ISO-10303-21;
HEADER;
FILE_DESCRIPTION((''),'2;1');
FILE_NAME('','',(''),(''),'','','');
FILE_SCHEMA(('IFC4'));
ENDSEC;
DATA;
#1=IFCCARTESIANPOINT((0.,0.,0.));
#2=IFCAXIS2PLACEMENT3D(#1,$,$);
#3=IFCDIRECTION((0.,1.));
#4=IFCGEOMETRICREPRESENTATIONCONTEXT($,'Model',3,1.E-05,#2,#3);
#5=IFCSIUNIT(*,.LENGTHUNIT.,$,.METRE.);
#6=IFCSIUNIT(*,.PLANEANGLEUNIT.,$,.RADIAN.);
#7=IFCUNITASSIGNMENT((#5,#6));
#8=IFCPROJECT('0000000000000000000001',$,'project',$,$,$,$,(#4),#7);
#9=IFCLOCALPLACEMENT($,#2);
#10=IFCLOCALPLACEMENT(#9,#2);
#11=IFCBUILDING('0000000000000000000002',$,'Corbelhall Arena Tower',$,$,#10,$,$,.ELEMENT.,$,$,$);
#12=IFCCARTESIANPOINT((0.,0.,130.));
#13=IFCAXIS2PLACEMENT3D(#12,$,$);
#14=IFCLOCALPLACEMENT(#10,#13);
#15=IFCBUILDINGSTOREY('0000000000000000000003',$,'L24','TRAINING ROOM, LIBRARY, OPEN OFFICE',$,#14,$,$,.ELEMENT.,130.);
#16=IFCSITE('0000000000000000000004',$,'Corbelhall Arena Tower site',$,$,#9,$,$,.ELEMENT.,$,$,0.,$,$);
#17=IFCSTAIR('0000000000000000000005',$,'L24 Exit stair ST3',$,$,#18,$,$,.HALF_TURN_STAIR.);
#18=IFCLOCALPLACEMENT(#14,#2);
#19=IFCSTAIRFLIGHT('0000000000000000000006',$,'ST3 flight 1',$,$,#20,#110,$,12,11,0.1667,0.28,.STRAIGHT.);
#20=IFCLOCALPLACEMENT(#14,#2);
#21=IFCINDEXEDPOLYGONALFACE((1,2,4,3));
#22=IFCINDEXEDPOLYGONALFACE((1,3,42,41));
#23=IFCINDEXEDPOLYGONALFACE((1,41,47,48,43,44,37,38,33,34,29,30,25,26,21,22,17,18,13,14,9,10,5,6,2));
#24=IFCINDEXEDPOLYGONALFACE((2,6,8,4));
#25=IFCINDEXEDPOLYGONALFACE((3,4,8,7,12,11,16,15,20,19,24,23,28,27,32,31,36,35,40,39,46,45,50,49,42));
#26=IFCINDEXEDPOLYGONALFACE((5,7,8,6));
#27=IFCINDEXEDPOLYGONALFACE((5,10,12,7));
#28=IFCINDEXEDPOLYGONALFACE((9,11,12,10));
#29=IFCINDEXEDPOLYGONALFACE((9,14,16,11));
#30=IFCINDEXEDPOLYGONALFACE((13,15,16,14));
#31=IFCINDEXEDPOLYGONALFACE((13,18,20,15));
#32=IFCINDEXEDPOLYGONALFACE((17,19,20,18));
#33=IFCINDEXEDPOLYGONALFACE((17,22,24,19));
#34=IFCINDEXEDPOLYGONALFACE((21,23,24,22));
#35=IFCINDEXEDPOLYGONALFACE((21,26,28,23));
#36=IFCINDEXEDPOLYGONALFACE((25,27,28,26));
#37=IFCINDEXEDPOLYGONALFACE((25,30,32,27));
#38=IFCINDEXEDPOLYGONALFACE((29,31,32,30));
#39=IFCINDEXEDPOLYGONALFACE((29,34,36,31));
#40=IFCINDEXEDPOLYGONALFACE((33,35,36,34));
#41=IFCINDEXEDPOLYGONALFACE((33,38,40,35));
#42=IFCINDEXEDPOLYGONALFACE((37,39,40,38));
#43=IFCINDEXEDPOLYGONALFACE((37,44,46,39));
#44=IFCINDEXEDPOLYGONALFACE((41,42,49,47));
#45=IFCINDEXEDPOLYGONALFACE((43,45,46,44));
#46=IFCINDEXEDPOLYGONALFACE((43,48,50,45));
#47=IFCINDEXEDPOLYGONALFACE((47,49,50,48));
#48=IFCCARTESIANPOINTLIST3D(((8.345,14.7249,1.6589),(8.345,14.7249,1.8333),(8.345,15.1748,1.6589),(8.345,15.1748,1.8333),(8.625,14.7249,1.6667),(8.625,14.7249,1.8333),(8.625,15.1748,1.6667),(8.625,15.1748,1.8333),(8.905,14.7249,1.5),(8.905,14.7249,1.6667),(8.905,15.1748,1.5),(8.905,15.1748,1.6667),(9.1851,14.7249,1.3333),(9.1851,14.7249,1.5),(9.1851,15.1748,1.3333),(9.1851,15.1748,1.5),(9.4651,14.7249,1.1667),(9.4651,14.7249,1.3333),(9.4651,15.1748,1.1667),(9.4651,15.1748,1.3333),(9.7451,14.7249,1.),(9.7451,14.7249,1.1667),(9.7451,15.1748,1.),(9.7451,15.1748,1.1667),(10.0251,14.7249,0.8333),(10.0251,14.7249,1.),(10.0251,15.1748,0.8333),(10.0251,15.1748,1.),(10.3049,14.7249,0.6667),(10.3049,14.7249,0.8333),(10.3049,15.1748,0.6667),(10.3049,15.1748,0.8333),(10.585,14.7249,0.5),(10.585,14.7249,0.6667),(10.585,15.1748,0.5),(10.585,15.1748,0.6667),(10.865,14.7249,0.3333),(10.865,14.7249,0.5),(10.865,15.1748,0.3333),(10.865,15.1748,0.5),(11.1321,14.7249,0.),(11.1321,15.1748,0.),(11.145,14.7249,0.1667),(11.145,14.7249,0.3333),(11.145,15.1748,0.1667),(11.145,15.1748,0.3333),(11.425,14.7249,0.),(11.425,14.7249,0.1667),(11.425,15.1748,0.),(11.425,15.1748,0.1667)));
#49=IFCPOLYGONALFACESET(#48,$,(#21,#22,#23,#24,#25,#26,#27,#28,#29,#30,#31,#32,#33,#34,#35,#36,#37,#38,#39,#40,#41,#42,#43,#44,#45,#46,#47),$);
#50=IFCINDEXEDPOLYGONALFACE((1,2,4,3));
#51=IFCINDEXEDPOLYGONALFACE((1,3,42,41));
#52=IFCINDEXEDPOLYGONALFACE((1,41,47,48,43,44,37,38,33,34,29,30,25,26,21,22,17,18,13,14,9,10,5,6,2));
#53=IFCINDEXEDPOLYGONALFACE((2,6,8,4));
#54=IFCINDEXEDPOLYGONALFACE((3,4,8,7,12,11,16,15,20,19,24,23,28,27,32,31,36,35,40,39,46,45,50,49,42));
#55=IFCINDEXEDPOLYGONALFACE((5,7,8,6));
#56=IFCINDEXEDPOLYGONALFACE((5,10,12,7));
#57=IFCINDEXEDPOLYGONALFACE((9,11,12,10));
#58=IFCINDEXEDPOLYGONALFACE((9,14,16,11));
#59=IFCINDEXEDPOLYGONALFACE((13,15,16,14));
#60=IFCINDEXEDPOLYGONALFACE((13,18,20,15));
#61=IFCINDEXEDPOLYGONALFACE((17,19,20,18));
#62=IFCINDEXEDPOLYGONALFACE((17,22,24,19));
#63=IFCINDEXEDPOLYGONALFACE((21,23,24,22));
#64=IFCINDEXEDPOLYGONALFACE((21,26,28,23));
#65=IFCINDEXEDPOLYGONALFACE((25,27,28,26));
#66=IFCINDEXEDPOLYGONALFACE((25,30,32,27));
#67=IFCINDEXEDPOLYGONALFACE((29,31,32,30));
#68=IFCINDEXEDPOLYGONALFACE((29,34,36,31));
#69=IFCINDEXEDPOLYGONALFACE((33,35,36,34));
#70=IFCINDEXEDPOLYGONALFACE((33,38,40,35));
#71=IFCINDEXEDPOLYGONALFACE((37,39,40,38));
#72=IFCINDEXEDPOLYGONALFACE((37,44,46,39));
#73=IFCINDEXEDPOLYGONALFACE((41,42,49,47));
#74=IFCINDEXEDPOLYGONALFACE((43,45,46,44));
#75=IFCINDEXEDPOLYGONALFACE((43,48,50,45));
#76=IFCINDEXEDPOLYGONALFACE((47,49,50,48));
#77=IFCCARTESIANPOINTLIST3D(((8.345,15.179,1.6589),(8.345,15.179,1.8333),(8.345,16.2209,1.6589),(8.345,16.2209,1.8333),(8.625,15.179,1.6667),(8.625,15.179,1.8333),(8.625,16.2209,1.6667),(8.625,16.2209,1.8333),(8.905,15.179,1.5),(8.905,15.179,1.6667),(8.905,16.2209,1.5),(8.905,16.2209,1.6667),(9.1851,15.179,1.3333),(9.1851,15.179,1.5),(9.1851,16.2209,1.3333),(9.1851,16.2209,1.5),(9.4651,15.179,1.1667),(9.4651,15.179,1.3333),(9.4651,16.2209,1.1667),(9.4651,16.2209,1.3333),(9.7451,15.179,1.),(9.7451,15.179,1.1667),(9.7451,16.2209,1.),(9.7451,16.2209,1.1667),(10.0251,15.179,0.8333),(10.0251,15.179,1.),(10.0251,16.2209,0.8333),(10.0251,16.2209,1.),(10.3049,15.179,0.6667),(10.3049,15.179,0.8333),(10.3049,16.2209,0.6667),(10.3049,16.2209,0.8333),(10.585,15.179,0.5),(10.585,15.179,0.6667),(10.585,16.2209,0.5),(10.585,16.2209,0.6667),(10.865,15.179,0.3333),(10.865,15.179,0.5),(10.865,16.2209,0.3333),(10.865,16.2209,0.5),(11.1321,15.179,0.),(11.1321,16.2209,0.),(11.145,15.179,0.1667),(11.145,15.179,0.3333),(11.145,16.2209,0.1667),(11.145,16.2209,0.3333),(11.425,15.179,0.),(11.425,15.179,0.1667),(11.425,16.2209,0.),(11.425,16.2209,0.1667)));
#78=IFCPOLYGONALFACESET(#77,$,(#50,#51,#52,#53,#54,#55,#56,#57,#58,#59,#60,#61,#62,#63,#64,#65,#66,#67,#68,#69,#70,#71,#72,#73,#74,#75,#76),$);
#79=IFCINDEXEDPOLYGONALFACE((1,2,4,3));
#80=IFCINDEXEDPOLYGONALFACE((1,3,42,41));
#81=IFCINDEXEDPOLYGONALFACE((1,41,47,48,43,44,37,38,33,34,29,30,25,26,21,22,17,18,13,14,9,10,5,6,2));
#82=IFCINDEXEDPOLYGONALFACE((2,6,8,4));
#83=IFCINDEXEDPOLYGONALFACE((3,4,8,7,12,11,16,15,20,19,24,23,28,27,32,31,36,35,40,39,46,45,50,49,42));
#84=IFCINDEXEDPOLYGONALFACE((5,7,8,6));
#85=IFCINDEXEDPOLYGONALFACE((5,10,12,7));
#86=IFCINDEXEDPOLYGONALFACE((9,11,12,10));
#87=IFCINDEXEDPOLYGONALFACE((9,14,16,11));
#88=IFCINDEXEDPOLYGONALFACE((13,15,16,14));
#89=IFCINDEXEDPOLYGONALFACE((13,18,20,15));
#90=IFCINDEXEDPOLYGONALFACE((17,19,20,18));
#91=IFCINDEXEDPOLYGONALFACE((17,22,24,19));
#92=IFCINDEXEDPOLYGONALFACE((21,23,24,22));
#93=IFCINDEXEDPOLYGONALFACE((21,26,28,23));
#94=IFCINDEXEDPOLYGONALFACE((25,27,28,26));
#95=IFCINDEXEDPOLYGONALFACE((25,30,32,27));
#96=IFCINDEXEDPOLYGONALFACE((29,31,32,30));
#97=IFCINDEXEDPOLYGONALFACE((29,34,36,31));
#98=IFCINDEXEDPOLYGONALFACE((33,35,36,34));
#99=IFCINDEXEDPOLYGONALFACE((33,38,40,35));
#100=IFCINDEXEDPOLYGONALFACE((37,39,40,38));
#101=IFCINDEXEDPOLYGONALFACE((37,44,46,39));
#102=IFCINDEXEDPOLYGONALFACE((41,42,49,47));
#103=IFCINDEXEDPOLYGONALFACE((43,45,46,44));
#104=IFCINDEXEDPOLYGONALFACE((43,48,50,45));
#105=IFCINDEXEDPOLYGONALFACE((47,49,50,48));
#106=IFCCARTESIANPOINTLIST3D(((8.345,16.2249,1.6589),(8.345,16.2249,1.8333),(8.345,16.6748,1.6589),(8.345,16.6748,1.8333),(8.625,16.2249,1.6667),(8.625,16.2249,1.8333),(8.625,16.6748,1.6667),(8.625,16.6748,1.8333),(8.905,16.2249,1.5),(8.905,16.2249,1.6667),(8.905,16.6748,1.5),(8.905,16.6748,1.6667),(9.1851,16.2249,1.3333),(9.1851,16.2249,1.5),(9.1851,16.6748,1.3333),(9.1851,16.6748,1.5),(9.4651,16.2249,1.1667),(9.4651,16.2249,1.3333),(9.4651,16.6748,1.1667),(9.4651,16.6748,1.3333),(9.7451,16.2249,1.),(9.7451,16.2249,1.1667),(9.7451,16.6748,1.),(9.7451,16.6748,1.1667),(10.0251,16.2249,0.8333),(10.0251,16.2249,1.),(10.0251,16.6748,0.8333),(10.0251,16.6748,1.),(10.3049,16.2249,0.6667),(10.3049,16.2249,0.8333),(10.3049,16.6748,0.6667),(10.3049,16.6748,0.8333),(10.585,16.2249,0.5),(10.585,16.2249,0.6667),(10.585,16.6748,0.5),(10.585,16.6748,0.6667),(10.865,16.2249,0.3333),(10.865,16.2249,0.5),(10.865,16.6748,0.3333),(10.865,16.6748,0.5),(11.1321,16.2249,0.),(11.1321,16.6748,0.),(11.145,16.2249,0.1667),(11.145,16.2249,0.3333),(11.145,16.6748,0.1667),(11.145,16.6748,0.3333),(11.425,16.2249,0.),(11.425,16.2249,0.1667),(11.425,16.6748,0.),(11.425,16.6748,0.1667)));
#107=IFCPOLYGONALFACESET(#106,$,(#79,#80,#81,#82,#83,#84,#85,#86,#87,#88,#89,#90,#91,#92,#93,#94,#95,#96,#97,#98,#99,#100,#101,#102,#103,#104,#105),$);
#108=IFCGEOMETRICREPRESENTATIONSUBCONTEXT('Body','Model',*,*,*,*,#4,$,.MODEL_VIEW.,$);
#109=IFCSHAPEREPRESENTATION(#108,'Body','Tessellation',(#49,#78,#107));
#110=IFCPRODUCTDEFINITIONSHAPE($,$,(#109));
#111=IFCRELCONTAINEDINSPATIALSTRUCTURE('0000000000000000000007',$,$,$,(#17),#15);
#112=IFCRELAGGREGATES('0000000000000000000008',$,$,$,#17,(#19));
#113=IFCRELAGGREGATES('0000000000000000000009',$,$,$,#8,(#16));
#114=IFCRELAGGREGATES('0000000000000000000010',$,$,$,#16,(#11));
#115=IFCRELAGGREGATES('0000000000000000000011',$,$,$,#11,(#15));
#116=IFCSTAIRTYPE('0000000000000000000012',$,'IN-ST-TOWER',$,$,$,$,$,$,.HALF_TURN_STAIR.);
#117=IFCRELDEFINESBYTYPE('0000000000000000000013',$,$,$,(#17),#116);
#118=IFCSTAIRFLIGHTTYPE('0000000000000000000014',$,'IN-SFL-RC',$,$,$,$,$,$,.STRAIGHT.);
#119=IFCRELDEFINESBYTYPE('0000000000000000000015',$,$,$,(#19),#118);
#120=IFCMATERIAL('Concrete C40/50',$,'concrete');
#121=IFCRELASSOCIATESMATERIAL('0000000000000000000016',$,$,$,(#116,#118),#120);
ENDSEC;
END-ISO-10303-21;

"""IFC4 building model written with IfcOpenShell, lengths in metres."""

from ifc_helpers import new_model, si_unit, direction, frame, origin, place, context, subcontext, project, spatial, polyline, outline, extrude, material, type_object, element, aggregate, save


model = new_model("IFC4")

# Units and contexts
model_context = context("Model", 3, precision=1e-05, world=origin(), true_north=direction((0.0, 1.0)))
body_context = subcontext(model_context, "Body", "Model", "MODEL_VIEW")
ifc_project = project(units=[si_unit("LENGTHUNIT", "METRE"), si_unit("PLANEANGLEUNIT", "RADIAN")], contexts=[model_context])

# Site, building, storey
site_placement = place(None, origin())
site = spatial("IfcSite", under=ifc_project, at=site_placement, Name="Corbelhall Arena Tower site", CompositionType="ELEMENT", RefElevation=0.0)
building_placement = place(site_placement, origin())
building = spatial("IfcBuilding", under=site, at=building_placement, Name="Corbelhall Arena Tower", CompositionType="ELEMENT")
storey_placement = place(building_placement, frame((0.0, 0.0, 130.0)))
storey = spatial("IfcBuildingStorey", under=building, at=storey_placement, Name="L24", Description="TRAINING ROOM, LIBRARY, OPEN OFFICE", CompositionType="ELEMENT", Elevation=130.0)

# Shared definitions
ifc_material_1 = material(Name="Concrete C40/50", Category="concrete")

# Stair, stair flight
stair_type = type_object("IfcStairType", Name="IN-ST-TOWER", PredefinedType="HALF_TURN_STAIR", material=ifc_material_1)
stair_placement = place(storey_placement, origin())
stair = element("IfcStair", 1, at=stair_placement, inside=storey, type_object=stair_type, Name="L24 Exit stair ST3", PredefinedType="HALF_TURN_STAIR")
stair_flight_type = type_object("IfcStairFlightType", Name="IN-SFL-RC", PredefinedType="STRAIGHT", material=ifc_material_1)
stair_flight_1_placement = place(storey_placement, frame((11.425, 15.7, 0.0), z_axis=(0.0, 0.0, 1.0), x_axis=(-1.0, 0.0, 0.0)))
stair_flight_1 = element("IfcStairFlight", 2, at=stair_flight_1_placement, type_object=stair_flight_type, Name="ST3 flight 1", NumberOfRisers=12, NumberOfTreads=11, PredefinedType="STRAIGHT", RiserHeight=0.1667, TreadLength=0.28, context=body_context, shape_type="SweptSolid", body=[
    extrude(outline(polyline([(0.0, 0.0), (0.0, 0.1667), (0.28, 0.1667), (0.28, 0.3333), (0.5601, 0.3333), (0.5601, 0.5), (0.8401, 0.5), (0.8401, 0.6667), (1.1201, 0.6667), (1.1201, 0.8333), (1.3999, 0.8333), (1.3999, 1.0), (1.6799, 1.0), (1.6799, 1.1667), (1.96, 1.1667), (1.96, 1.3333), (2.24, 1.3333), (2.24, 1.5), (2.52, 1.5), (2.52, 1.6667), (2.8, 1.6667), (2.8, 1.8333), (3.0801, 1.8333), (3.0801, 2.0), (3.0801, 1.6589), (0.293, 0.0), (0.0, 0.0)])), frame((0.0, 0.9751, 0.0), z_axis=(0.0, -1.0, 0.0), x_axis=(1.0, 0.0, 0.0)), (0.0, 0.0, 1.0), 0.45),
    extrude(outline(polyline([(0.0, 0.0), (0.0, 0.1667), (0.28, 0.1667), (0.28, 0.3333), (0.5601, 0.3333), (0.5601, 0.5), (0.8401, 0.5), (0.8401, 0.6667), (1.1201, 0.6667), (1.1201, 0.8333), (1.3999, 0.8333), (1.3999, 1.0), (1.6799, 1.0), (1.6799, 1.1667), (1.96, 1.1667), (1.96, 1.3333), (2.24, 1.3333), (2.24, 1.5), (2.52, 1.5), (2.52, 1.6667), (2.8, 1.6667), (2.8, 1.8333), (3.0801, 1.8333), (3.0801, 2.0), (3.0801, 1.6589), (0.293, 0.0), (0.0, 0.0)])), frame((0.0, 0.521, 0.0), z_axis=(0.0, -1.0, 0.0), x_axis=(1.0, 0.0, 0.0)), (0.0, 0.0, 1.0), 1.042),
    extrude(outline(polyline([(0.0, 0.0), (0.0, 0.1667), (0.28, 0.1667), (0.28, 0.3333), (0.5601, 0.3333), (0.5601, 0.5), (0.8401, 0.5), (0.8401, 0.6667), (1.1201, 0.6667), (1.1201, 0.8333), (1.3999, 0.8333), (1.3999, 1.0), (1.6799, 1.0), (1.6799, 1.1667), (1.96, 1.1667), (1.96, 1.3333), (2.24, 1.3333), (2.24, 1.5), (2.52, 1.5), (2.52, 1.6667), (2.8, 1.6667), (2.8, 1.8333), (3.0801, 1.8333), (3.0801, 2.0), (3.0801, 1.6589), (0.293, 0.0), (0.0, 0.0)])), frame((0.0, -0.5249, 0.0), z_axis=(0.0, -1.0, 0.0), x_axis=(1.0, 0.0, 0.0)), (0.0, 0.0, 1.0), 0.45),
])
aggregate(stair, [stair_flight_1])

save(model, "model.ifc")
